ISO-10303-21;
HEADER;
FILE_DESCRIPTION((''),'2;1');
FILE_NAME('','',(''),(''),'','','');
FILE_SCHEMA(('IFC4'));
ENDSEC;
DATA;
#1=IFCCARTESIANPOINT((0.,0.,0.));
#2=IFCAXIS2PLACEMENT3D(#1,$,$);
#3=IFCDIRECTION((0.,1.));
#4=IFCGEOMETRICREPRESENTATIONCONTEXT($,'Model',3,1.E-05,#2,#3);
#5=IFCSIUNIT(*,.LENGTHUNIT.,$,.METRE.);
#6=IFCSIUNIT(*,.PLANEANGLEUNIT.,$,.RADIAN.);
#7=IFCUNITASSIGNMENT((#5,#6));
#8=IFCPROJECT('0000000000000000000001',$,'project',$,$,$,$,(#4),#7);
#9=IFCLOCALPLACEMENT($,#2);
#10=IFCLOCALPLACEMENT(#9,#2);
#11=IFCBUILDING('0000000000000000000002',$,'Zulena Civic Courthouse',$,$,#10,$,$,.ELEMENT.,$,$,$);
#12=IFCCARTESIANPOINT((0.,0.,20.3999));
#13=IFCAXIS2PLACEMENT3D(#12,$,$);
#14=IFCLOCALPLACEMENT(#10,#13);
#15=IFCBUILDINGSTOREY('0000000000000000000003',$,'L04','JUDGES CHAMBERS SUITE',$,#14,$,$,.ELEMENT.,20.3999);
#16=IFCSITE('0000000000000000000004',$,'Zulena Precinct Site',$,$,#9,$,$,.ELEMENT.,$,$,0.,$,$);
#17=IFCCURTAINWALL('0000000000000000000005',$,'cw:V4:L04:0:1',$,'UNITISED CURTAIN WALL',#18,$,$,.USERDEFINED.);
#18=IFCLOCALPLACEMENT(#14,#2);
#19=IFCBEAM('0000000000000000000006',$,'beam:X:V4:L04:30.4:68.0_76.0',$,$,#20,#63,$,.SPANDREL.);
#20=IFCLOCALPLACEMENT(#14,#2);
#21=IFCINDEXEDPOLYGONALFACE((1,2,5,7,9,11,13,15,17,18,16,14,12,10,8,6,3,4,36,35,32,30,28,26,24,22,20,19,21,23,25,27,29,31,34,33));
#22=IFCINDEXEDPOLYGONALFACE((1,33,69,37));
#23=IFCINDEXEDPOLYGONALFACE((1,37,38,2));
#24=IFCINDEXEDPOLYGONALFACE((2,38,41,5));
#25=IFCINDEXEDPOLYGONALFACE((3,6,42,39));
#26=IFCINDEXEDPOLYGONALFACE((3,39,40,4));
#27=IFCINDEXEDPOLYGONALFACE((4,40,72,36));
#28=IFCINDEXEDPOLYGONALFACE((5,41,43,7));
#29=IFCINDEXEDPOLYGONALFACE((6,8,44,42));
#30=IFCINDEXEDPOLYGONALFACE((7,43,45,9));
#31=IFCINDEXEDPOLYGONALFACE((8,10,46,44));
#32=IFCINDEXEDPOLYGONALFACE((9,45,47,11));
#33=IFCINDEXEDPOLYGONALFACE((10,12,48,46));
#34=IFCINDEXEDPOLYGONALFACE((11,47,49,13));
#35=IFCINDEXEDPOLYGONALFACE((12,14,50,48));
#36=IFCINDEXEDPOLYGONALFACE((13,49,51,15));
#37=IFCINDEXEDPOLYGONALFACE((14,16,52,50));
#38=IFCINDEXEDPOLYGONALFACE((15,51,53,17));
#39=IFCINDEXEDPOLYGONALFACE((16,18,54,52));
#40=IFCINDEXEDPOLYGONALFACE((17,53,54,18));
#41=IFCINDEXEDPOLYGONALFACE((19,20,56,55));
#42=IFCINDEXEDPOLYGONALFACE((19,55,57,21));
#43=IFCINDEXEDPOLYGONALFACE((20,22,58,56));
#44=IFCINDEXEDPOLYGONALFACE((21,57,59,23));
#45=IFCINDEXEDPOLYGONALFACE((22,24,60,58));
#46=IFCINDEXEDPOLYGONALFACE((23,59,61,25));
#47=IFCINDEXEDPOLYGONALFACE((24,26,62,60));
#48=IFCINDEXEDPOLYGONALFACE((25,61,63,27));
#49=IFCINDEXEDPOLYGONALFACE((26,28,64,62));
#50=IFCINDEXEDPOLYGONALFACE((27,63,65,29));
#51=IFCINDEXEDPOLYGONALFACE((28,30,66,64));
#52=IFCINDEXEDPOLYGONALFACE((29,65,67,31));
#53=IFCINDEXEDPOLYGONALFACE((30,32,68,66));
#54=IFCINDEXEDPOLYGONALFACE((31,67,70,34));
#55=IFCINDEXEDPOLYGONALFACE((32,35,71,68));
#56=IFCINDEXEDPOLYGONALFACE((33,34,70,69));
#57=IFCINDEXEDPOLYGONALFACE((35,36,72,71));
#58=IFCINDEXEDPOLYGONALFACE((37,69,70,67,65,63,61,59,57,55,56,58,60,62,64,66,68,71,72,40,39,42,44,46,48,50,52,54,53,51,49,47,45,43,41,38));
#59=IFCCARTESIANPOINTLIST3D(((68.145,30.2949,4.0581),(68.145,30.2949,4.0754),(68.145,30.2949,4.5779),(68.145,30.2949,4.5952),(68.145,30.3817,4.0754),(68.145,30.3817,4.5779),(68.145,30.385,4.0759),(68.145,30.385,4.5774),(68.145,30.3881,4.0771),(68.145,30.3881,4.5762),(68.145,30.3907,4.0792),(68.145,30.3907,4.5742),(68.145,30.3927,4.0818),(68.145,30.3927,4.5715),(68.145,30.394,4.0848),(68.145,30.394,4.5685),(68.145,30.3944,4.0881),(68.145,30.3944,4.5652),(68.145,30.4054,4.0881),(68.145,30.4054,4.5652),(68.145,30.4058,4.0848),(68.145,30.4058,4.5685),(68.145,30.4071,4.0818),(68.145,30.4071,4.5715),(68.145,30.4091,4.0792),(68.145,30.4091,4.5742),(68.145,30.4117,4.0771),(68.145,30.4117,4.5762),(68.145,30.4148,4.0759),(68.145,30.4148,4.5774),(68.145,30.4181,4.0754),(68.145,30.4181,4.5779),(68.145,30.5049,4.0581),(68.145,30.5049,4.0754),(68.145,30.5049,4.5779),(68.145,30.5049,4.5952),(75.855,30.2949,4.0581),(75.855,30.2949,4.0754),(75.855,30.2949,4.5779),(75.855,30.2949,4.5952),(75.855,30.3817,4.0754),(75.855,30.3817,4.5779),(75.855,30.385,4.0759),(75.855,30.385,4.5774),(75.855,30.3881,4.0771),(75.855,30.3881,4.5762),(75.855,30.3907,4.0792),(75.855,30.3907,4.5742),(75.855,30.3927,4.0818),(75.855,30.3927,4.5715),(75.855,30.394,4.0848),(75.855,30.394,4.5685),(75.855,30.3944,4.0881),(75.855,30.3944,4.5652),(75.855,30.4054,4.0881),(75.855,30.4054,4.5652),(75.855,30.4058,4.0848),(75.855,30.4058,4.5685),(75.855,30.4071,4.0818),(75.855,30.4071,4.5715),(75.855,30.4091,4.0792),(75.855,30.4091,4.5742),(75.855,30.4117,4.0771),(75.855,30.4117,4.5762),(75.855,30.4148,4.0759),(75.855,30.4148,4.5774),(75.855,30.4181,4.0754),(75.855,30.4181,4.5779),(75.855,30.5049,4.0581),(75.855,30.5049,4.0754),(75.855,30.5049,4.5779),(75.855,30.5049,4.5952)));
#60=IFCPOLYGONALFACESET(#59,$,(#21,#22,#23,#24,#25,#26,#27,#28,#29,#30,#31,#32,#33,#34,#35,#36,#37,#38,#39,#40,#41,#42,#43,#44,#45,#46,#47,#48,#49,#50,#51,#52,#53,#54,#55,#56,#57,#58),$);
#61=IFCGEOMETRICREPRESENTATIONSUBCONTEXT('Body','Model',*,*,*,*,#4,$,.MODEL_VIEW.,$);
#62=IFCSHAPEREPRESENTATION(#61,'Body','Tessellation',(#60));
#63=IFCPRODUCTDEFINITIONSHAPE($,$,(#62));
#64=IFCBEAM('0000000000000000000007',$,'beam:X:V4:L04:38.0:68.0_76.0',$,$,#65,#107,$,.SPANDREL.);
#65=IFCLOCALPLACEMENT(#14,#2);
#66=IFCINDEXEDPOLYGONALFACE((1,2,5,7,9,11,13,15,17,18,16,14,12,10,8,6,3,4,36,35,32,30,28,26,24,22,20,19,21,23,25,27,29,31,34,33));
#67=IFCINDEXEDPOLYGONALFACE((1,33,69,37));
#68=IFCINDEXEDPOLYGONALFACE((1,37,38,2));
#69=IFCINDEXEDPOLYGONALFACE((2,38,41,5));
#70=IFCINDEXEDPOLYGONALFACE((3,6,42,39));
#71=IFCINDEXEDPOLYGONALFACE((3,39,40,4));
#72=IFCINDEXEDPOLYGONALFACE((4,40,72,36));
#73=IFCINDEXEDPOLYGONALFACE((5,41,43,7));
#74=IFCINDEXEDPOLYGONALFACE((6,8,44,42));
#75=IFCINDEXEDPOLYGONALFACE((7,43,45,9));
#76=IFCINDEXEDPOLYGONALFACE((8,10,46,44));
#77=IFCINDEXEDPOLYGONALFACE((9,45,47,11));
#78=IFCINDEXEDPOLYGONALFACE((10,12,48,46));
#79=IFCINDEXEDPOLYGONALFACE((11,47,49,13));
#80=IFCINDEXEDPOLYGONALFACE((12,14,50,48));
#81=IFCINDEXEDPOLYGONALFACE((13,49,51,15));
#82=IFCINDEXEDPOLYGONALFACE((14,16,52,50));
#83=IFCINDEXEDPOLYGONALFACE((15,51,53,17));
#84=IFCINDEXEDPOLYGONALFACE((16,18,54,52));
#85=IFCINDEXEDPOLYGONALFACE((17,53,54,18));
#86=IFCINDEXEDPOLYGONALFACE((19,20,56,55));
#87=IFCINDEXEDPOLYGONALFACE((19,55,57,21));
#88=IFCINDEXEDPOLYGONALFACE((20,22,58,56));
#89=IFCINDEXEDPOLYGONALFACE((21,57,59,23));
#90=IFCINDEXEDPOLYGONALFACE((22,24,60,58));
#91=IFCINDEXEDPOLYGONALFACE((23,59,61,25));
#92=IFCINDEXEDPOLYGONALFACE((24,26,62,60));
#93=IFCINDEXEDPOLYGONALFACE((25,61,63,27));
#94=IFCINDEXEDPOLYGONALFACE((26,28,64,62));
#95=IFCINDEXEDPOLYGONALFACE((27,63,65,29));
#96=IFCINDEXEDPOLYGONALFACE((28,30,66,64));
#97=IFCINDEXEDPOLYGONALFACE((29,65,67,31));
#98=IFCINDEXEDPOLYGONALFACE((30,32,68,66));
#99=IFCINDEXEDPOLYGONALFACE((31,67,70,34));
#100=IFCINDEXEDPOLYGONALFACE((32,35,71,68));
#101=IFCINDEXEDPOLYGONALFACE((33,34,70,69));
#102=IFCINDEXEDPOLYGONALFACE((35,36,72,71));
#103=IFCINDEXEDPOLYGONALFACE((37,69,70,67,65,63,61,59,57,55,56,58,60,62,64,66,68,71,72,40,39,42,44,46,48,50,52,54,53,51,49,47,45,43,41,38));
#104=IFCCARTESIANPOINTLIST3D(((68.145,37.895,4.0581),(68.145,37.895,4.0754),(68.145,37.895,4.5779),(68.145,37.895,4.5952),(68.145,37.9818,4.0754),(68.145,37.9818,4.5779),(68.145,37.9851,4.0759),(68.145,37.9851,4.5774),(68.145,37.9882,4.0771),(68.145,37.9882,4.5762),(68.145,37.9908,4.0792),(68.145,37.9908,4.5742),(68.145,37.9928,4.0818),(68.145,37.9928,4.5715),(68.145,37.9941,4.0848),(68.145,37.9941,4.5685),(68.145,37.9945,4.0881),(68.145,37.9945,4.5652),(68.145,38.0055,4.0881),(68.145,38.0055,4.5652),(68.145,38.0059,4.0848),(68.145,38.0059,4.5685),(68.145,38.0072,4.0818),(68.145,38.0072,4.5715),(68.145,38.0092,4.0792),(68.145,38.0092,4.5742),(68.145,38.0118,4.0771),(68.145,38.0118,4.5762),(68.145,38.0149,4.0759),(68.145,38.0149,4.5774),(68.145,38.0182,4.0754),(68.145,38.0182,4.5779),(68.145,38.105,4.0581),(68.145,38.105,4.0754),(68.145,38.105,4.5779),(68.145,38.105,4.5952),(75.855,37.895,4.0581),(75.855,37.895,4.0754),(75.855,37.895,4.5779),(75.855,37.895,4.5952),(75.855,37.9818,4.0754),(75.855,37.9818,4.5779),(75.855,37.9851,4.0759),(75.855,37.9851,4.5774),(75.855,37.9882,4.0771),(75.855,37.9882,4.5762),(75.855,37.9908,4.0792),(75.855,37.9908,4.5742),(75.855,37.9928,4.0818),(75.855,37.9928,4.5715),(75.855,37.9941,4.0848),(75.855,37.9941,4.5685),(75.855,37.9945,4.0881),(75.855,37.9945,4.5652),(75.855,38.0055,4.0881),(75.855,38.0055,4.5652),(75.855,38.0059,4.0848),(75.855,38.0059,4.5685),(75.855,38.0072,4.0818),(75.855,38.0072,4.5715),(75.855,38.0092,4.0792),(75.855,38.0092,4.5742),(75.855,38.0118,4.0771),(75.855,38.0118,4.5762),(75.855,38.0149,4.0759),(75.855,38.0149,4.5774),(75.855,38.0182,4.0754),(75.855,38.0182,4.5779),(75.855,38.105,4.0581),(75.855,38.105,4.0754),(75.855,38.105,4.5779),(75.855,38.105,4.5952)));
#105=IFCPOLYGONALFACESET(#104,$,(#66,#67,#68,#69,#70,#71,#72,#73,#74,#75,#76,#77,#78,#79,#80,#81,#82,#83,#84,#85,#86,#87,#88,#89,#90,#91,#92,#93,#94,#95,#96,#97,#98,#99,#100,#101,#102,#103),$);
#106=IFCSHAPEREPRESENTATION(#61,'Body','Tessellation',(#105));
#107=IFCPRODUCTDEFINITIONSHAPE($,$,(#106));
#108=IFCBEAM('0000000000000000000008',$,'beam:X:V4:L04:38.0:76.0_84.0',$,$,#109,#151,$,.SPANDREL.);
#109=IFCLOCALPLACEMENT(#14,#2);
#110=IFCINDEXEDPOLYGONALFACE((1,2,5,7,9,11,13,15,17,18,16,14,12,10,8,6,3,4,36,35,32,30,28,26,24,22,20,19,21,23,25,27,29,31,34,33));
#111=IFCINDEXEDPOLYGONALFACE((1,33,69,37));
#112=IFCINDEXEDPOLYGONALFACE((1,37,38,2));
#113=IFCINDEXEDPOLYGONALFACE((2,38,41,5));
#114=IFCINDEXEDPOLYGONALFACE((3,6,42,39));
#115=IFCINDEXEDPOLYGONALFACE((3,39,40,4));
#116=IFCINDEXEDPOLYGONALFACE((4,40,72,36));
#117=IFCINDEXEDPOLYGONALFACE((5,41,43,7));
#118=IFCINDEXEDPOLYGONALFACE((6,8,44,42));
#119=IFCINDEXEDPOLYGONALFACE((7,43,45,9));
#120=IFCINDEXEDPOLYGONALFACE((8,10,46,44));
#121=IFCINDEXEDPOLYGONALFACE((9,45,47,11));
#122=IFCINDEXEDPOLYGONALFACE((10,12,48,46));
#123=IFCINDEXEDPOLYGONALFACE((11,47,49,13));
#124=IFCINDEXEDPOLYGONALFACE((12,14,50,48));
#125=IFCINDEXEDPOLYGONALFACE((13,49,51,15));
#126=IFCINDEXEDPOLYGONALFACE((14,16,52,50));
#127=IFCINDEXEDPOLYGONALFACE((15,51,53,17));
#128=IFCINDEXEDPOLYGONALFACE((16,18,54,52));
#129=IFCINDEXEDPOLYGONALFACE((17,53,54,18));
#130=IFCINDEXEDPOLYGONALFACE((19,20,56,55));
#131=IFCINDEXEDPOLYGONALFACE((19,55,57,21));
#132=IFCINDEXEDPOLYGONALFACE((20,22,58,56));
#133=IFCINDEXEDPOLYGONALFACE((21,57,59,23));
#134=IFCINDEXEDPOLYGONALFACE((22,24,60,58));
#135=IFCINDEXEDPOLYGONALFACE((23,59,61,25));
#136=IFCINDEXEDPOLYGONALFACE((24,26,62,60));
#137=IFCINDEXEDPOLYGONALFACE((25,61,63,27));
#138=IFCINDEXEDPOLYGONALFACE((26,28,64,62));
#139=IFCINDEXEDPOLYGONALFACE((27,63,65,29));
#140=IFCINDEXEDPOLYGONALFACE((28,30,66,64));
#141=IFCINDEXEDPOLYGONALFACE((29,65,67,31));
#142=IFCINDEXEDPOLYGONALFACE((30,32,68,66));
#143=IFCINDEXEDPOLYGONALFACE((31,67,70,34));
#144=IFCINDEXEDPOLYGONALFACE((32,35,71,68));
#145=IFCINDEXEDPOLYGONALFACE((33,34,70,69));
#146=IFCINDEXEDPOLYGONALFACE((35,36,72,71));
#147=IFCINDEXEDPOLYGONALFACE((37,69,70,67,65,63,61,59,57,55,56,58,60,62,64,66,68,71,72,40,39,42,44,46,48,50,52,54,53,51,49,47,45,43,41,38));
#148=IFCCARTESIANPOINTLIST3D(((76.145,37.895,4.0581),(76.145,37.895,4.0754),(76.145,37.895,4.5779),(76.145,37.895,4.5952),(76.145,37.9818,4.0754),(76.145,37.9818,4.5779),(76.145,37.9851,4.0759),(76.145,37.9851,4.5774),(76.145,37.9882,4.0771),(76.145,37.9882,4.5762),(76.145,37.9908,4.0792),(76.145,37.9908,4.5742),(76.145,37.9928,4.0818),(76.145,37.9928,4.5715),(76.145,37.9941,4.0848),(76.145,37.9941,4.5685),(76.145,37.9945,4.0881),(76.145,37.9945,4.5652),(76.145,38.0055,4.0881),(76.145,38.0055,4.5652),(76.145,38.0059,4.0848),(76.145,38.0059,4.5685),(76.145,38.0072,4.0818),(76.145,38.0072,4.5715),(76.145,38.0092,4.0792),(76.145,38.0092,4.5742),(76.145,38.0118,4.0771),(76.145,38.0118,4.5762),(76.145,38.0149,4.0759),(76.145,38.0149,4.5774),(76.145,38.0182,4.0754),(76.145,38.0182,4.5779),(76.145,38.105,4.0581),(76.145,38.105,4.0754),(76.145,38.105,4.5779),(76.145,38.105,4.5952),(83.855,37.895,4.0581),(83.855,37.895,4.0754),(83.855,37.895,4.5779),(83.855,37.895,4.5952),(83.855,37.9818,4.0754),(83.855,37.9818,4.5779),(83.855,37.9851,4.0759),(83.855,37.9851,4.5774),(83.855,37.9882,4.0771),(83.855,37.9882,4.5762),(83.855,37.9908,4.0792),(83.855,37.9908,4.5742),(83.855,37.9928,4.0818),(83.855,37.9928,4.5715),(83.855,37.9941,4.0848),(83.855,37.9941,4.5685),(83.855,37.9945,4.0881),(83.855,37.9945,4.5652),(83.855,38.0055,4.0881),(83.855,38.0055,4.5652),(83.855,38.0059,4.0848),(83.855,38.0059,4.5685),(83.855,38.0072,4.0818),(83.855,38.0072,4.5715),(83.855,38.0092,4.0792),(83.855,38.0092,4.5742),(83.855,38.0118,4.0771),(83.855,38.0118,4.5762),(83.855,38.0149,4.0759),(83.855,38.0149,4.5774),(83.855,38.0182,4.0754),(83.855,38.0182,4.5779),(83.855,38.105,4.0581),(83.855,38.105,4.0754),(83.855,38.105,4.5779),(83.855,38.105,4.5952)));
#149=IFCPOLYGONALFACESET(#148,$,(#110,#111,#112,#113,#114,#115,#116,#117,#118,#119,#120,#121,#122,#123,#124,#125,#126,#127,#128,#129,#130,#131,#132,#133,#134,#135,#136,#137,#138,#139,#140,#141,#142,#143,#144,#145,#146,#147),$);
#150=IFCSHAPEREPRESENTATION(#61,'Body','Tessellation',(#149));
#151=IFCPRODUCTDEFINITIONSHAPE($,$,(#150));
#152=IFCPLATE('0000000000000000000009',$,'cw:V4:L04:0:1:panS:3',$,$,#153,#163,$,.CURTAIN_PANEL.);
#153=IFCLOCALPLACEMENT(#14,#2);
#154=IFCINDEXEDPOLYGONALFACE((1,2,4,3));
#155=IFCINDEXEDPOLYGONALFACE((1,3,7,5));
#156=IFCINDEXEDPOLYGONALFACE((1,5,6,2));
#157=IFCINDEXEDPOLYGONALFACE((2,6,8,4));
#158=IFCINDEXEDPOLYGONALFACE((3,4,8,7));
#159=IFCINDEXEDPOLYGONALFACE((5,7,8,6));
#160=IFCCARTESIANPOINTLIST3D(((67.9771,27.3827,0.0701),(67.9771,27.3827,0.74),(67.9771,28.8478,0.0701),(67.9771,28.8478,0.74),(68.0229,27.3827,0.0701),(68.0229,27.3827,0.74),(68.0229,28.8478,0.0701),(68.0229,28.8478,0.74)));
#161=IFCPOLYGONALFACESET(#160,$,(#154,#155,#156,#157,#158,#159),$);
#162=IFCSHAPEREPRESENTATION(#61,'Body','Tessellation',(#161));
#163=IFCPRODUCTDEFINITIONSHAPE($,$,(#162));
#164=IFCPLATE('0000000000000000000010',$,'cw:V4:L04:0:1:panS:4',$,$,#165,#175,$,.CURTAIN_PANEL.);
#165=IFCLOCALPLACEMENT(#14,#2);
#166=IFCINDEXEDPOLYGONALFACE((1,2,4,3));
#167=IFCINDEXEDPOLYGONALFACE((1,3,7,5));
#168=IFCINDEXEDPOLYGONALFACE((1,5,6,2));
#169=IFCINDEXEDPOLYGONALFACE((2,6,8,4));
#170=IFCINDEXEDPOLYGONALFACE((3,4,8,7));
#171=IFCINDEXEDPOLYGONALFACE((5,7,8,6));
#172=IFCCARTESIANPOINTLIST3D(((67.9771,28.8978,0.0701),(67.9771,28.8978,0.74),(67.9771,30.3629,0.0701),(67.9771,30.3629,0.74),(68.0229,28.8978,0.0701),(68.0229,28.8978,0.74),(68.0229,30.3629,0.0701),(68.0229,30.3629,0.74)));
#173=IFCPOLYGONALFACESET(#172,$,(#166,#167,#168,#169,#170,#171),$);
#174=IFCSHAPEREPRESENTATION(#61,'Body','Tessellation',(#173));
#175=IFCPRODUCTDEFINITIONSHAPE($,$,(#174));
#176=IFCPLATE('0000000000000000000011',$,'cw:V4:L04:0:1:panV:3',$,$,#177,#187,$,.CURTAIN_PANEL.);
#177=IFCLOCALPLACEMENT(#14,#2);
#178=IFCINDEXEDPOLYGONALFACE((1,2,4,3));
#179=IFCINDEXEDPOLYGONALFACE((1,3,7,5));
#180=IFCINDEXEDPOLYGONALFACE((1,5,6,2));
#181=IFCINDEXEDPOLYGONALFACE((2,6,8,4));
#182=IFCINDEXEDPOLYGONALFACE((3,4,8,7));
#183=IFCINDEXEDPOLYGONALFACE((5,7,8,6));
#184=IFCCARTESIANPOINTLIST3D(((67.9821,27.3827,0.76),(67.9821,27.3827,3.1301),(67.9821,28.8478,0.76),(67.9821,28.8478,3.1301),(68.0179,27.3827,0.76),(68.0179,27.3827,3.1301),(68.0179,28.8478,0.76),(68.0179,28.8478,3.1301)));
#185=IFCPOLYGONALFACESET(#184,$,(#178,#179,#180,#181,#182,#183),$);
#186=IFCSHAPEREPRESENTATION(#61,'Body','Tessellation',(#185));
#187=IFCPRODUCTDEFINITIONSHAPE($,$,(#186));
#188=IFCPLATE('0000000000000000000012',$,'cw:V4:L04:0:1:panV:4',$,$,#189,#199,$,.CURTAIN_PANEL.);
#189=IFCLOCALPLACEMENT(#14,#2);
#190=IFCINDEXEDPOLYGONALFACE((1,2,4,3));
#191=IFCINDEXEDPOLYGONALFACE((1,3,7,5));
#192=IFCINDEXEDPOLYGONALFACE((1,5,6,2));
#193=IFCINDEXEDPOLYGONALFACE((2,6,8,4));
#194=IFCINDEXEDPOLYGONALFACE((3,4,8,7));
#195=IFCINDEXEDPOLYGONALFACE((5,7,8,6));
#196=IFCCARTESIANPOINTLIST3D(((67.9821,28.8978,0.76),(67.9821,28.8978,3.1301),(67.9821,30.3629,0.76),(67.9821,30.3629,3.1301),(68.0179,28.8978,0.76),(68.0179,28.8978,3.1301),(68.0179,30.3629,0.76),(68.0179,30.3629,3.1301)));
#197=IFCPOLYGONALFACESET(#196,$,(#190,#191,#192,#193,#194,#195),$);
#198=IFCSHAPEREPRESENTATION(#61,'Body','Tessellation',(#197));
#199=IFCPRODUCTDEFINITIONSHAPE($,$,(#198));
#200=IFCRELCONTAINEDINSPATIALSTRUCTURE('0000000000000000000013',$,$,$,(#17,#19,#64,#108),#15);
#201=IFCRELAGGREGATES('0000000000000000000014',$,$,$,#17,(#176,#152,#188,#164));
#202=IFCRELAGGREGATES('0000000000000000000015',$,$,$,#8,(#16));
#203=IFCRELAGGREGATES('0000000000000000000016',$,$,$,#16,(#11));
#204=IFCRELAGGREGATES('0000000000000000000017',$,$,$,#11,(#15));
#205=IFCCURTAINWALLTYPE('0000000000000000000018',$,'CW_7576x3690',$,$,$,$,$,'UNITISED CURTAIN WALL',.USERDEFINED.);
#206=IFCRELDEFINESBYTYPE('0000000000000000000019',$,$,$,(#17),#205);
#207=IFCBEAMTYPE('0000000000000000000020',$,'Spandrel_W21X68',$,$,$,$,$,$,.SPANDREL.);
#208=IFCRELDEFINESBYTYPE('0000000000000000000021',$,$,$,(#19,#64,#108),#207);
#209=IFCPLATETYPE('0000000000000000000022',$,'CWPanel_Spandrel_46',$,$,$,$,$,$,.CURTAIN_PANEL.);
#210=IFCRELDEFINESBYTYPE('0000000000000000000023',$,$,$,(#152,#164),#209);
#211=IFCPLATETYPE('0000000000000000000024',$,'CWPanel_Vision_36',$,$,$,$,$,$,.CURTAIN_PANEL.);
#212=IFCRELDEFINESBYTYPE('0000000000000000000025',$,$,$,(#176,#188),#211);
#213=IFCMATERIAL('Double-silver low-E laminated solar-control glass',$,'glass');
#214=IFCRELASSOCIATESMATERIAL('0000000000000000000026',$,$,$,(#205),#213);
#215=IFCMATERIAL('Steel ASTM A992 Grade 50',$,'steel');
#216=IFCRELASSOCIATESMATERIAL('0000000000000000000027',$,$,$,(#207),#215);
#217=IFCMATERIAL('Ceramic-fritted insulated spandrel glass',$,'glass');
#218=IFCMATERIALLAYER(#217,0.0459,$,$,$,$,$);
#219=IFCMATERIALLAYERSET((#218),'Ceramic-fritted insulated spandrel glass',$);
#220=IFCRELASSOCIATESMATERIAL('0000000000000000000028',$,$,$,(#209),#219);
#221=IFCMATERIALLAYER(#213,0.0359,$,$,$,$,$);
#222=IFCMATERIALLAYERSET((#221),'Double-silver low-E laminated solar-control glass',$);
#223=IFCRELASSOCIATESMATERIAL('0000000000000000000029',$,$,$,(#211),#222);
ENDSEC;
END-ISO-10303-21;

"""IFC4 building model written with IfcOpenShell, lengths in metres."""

from ifc_helpers import new_model, si_unit, direction, frame, origin, origin_2d, place, context, subcontext, project, spatial, rectangle, i_section, extrude, material, layer, layer_set, material_profile, profile_set, type_object, element, aggregate, save


model = new_model("IFC4")

# Units and contexts
model_context = context("Model", 3, precision=1e-05, world=origin(), true_north=direction((0.0, 1.0)))
body_context = subcontext(model_context, "Body", "Model", "MODEL_VIEW")
ifc_project = project(units=[si_unit("LENGTHUNIT", "METRE"), si_unit("PLANEANGLEUNIT", "RADIAN")], contexts=[model_context])

# Site, building, storey
site_placement = place(None, origin())
site = spatial("IfcSite", under=ifc_project, at=site_placement, Name="Zulena Precinct Site", CompositionType="ELEMENT", RefElevation=0.0)
building_placement = place(site_placement, origin())
building = spatial("IfcBuilding", under=site, at=building_placement, Name="Zulena Civic Courthouse", CompositionType="ELEMENT")
storey_placement = place(building_placement, frame((0.0, 0.0, 20.3999)))
storey = spatial("IfcBuildingStorey", under=building, at=storey_placement, Name="L04", Description="JUDGES CHAMBERS SUITE", CompositionType="ELEMENT", Elevation=20.3999)

# Shared definitions
ifc_material_1 = material(Name="Steel ASTM A992 Grade 50", Category="steel")

# Curtain wall
ifc_material_2 = material(Name="Double-silver low-E laminated solar-control glass", Category="glass")
curtain_wall_type = type_object("IfcCurtainWallType", Name="CW_7576x3690", ElementType="UNITISED CURTAIN WALL", PredefinedType="USERDEFINED", material=ifc_material_2)
curtain_wall_placement = place(storey_placement, origin())
curtain_wall = element("IfcCurtainWall", 1, at=curtain_wall_placement, inside=storey, type_object=curtain_wall_type, Name="cw:V4:L04:0:1", ObjectType="UNITISED CURTAIN WALL", PredefinedType="USERDEFINED")

# Beams
ifc_material_profile_1 = material_profile(ifc_material_1, i_section(OverallWidth=0.21, OverallDepth=0.5371, WebThickness=0.011, FlangeThickness=0.0173, FilletRadius=0.0127, at=origin_2d()), Name="W21X68")
ifc_profile_set_1 = profile_set([ifc_material_profile_1], Name="Steel ASTM A992 Grade 50")
beam_type_1 = type_object("IfcBeamType", Name="Spandrel_W21X68", PredefinedType="SPANDREL", material=ifc_profile_set_1)
for number, where, z_axis, x_axis, name in (
    (2, (68.145, 30.3999, 4.3267), (1.0, 0.0, 0.0), (0.0, 1.0, 0.0), "beam:X:V4:L04:30.4:68.0_76.0"),
    (3, (68.145, 38.0, 4.3267), (1.0, 0.0, 0.0), (0.0, 1.0, 0.0), "beam:X:V4:L04:38.0:68.0_76.0"),
    (4, (76.145, 38.0, 4.3267), (1.0, 0.0, 0.0), (0.0, 1.0, 0.0), "beam:X:V4:L04:38.0:76.0_84.0"),
):
    element("IfcBeam", number, at=place(storey_placement, frame(where, z_axis=z_axis, x_axis=x_axis)), inside=storey, type_object=beam_type_1, Name=name, PredefinedType="SPANDREL", context=body_context, shape_type="SweptSolid", body=[
        extrude(i_section(OverallWidth=0.21, OverallDepth=0.5371, WebThickness=0.011, FlangeThickness=0.0173, FilletRadius=0.0127, at=origin_2d()), origin(), (0.0, 0.0, 1.0), 7.71),
    ])

# Plates
ifc_material_3 = material(Name="Ceramic-fritted insulated spandrel glass", Category="glass")
ifc_layer_1 = layer(ifc_material_3, 0.0459)
ifc_layer_set_1 = layer_set([ifc_layer_1], Name="Ceramic-fritted insulated spandrel glass")
plate_type_1 = type_object("IfcPlateType", Name="CWPanel_Spandrel_46", PredefinedType="CURTAIN_PANEL", material=ifc_layer_set_1)
plate_1_placement = place(storey_placement, frame((68.0, 28.1152, 0.0701), z_axis=(0.0, 0.0, 1.0), x_axis=(0.0, 1.0, 0.0)))
plate_1 = element("IfcPlate", 5, at=plate_1_placement, type_object=plate_type_1, Name="cw:V4:L04:0:1:panS:3", PredefinedType="CURTAIN_PANEL", context=body_context, shape_type="SweptSolid", body=[
    extrude(rectangle(XDim=1.4651, YDim=0.0459, at=origin_2d()), origin(), (0.0, 0.0, 1.0), 0.6699),
])
plate_2_placement = place(storey_placement, frame((68.0, 29.6304, 0.0701), z_axis=(0.0, 0.0, 1.0), x_axis=(0.0, 1.0, 0.0)))
plate_2 = element("IfcPlate", 6, at=plate_2_placement, type_object=plate_type_1, Name="cw:V4:L04:0:1:panS:4", PredefinedType="CURTAIN_PANEL", context=body_context, shape_type="SweptSolid", body=[
    extrude(rectangle(XDim=1.4651, YDim=0.0459, at=origin_2d()), origin(), (0.0, 0.0, 1.0), 0.6699),
])
ifc_layer_2 = layer(ifc_material_2, 0.0359)
ifc_layer_set_2 = layer_set([ifc_layer_2], Name="Double-silver low-E laminated solar-control glass")
plate_type_2 = type_object("IfcPlateType", Name="CWPanel_Vision_36", PredefinedType="CURTAIN_PANEL", material=ifc_layer_set_2)
plate_3_placement = place(storey_placement, frame((68.0, 28.1152, 0.76), z_axis=(0.0, 0.0, 1.0), x_axis=(0.0, 1.0, 0.0)))
plate_3 = element("IfcPlate", 7, at=plate_3_placement, type_object=plate_type_2, Name="cw:V4:L04:0:1:panV:3", PredefinedType="CURTAIN_PANEL", context=body_context, shape_type="SweptSolid", body=[
    extrude(rectangle(XDim=1.4651, YDim=0.0359, at=origin_2d()), origin(), (0.0, 0.0, 1.0), 2.3701),
])
plate_4_placement = place(storey_placement, frame((68.0, 29.6304, 0.76), z_axis=(0.0, 0.0, 1.0), x_axis=(0.0, 1.0, 0.0)))
plate_4 = element("IfcPlate", 8, at=plate_4_placement, type_object=plate_type_2, Name="cw:V4:L04:0:1:panV:4", PredefinedType="CURTAIN_PANEL", context=body_context, shape_type="SweptSolid", body=[
    extrude(rectangle(XDim=1.4651, YDim=0.0359, at=origin_2d()), origin(), (0.0, 0.0, 1.0), 2.3701),
])
aggregate(curtain_wall, [plate_3, plate_1, plate_4, plate_2])

save(model, "model.ifc")
